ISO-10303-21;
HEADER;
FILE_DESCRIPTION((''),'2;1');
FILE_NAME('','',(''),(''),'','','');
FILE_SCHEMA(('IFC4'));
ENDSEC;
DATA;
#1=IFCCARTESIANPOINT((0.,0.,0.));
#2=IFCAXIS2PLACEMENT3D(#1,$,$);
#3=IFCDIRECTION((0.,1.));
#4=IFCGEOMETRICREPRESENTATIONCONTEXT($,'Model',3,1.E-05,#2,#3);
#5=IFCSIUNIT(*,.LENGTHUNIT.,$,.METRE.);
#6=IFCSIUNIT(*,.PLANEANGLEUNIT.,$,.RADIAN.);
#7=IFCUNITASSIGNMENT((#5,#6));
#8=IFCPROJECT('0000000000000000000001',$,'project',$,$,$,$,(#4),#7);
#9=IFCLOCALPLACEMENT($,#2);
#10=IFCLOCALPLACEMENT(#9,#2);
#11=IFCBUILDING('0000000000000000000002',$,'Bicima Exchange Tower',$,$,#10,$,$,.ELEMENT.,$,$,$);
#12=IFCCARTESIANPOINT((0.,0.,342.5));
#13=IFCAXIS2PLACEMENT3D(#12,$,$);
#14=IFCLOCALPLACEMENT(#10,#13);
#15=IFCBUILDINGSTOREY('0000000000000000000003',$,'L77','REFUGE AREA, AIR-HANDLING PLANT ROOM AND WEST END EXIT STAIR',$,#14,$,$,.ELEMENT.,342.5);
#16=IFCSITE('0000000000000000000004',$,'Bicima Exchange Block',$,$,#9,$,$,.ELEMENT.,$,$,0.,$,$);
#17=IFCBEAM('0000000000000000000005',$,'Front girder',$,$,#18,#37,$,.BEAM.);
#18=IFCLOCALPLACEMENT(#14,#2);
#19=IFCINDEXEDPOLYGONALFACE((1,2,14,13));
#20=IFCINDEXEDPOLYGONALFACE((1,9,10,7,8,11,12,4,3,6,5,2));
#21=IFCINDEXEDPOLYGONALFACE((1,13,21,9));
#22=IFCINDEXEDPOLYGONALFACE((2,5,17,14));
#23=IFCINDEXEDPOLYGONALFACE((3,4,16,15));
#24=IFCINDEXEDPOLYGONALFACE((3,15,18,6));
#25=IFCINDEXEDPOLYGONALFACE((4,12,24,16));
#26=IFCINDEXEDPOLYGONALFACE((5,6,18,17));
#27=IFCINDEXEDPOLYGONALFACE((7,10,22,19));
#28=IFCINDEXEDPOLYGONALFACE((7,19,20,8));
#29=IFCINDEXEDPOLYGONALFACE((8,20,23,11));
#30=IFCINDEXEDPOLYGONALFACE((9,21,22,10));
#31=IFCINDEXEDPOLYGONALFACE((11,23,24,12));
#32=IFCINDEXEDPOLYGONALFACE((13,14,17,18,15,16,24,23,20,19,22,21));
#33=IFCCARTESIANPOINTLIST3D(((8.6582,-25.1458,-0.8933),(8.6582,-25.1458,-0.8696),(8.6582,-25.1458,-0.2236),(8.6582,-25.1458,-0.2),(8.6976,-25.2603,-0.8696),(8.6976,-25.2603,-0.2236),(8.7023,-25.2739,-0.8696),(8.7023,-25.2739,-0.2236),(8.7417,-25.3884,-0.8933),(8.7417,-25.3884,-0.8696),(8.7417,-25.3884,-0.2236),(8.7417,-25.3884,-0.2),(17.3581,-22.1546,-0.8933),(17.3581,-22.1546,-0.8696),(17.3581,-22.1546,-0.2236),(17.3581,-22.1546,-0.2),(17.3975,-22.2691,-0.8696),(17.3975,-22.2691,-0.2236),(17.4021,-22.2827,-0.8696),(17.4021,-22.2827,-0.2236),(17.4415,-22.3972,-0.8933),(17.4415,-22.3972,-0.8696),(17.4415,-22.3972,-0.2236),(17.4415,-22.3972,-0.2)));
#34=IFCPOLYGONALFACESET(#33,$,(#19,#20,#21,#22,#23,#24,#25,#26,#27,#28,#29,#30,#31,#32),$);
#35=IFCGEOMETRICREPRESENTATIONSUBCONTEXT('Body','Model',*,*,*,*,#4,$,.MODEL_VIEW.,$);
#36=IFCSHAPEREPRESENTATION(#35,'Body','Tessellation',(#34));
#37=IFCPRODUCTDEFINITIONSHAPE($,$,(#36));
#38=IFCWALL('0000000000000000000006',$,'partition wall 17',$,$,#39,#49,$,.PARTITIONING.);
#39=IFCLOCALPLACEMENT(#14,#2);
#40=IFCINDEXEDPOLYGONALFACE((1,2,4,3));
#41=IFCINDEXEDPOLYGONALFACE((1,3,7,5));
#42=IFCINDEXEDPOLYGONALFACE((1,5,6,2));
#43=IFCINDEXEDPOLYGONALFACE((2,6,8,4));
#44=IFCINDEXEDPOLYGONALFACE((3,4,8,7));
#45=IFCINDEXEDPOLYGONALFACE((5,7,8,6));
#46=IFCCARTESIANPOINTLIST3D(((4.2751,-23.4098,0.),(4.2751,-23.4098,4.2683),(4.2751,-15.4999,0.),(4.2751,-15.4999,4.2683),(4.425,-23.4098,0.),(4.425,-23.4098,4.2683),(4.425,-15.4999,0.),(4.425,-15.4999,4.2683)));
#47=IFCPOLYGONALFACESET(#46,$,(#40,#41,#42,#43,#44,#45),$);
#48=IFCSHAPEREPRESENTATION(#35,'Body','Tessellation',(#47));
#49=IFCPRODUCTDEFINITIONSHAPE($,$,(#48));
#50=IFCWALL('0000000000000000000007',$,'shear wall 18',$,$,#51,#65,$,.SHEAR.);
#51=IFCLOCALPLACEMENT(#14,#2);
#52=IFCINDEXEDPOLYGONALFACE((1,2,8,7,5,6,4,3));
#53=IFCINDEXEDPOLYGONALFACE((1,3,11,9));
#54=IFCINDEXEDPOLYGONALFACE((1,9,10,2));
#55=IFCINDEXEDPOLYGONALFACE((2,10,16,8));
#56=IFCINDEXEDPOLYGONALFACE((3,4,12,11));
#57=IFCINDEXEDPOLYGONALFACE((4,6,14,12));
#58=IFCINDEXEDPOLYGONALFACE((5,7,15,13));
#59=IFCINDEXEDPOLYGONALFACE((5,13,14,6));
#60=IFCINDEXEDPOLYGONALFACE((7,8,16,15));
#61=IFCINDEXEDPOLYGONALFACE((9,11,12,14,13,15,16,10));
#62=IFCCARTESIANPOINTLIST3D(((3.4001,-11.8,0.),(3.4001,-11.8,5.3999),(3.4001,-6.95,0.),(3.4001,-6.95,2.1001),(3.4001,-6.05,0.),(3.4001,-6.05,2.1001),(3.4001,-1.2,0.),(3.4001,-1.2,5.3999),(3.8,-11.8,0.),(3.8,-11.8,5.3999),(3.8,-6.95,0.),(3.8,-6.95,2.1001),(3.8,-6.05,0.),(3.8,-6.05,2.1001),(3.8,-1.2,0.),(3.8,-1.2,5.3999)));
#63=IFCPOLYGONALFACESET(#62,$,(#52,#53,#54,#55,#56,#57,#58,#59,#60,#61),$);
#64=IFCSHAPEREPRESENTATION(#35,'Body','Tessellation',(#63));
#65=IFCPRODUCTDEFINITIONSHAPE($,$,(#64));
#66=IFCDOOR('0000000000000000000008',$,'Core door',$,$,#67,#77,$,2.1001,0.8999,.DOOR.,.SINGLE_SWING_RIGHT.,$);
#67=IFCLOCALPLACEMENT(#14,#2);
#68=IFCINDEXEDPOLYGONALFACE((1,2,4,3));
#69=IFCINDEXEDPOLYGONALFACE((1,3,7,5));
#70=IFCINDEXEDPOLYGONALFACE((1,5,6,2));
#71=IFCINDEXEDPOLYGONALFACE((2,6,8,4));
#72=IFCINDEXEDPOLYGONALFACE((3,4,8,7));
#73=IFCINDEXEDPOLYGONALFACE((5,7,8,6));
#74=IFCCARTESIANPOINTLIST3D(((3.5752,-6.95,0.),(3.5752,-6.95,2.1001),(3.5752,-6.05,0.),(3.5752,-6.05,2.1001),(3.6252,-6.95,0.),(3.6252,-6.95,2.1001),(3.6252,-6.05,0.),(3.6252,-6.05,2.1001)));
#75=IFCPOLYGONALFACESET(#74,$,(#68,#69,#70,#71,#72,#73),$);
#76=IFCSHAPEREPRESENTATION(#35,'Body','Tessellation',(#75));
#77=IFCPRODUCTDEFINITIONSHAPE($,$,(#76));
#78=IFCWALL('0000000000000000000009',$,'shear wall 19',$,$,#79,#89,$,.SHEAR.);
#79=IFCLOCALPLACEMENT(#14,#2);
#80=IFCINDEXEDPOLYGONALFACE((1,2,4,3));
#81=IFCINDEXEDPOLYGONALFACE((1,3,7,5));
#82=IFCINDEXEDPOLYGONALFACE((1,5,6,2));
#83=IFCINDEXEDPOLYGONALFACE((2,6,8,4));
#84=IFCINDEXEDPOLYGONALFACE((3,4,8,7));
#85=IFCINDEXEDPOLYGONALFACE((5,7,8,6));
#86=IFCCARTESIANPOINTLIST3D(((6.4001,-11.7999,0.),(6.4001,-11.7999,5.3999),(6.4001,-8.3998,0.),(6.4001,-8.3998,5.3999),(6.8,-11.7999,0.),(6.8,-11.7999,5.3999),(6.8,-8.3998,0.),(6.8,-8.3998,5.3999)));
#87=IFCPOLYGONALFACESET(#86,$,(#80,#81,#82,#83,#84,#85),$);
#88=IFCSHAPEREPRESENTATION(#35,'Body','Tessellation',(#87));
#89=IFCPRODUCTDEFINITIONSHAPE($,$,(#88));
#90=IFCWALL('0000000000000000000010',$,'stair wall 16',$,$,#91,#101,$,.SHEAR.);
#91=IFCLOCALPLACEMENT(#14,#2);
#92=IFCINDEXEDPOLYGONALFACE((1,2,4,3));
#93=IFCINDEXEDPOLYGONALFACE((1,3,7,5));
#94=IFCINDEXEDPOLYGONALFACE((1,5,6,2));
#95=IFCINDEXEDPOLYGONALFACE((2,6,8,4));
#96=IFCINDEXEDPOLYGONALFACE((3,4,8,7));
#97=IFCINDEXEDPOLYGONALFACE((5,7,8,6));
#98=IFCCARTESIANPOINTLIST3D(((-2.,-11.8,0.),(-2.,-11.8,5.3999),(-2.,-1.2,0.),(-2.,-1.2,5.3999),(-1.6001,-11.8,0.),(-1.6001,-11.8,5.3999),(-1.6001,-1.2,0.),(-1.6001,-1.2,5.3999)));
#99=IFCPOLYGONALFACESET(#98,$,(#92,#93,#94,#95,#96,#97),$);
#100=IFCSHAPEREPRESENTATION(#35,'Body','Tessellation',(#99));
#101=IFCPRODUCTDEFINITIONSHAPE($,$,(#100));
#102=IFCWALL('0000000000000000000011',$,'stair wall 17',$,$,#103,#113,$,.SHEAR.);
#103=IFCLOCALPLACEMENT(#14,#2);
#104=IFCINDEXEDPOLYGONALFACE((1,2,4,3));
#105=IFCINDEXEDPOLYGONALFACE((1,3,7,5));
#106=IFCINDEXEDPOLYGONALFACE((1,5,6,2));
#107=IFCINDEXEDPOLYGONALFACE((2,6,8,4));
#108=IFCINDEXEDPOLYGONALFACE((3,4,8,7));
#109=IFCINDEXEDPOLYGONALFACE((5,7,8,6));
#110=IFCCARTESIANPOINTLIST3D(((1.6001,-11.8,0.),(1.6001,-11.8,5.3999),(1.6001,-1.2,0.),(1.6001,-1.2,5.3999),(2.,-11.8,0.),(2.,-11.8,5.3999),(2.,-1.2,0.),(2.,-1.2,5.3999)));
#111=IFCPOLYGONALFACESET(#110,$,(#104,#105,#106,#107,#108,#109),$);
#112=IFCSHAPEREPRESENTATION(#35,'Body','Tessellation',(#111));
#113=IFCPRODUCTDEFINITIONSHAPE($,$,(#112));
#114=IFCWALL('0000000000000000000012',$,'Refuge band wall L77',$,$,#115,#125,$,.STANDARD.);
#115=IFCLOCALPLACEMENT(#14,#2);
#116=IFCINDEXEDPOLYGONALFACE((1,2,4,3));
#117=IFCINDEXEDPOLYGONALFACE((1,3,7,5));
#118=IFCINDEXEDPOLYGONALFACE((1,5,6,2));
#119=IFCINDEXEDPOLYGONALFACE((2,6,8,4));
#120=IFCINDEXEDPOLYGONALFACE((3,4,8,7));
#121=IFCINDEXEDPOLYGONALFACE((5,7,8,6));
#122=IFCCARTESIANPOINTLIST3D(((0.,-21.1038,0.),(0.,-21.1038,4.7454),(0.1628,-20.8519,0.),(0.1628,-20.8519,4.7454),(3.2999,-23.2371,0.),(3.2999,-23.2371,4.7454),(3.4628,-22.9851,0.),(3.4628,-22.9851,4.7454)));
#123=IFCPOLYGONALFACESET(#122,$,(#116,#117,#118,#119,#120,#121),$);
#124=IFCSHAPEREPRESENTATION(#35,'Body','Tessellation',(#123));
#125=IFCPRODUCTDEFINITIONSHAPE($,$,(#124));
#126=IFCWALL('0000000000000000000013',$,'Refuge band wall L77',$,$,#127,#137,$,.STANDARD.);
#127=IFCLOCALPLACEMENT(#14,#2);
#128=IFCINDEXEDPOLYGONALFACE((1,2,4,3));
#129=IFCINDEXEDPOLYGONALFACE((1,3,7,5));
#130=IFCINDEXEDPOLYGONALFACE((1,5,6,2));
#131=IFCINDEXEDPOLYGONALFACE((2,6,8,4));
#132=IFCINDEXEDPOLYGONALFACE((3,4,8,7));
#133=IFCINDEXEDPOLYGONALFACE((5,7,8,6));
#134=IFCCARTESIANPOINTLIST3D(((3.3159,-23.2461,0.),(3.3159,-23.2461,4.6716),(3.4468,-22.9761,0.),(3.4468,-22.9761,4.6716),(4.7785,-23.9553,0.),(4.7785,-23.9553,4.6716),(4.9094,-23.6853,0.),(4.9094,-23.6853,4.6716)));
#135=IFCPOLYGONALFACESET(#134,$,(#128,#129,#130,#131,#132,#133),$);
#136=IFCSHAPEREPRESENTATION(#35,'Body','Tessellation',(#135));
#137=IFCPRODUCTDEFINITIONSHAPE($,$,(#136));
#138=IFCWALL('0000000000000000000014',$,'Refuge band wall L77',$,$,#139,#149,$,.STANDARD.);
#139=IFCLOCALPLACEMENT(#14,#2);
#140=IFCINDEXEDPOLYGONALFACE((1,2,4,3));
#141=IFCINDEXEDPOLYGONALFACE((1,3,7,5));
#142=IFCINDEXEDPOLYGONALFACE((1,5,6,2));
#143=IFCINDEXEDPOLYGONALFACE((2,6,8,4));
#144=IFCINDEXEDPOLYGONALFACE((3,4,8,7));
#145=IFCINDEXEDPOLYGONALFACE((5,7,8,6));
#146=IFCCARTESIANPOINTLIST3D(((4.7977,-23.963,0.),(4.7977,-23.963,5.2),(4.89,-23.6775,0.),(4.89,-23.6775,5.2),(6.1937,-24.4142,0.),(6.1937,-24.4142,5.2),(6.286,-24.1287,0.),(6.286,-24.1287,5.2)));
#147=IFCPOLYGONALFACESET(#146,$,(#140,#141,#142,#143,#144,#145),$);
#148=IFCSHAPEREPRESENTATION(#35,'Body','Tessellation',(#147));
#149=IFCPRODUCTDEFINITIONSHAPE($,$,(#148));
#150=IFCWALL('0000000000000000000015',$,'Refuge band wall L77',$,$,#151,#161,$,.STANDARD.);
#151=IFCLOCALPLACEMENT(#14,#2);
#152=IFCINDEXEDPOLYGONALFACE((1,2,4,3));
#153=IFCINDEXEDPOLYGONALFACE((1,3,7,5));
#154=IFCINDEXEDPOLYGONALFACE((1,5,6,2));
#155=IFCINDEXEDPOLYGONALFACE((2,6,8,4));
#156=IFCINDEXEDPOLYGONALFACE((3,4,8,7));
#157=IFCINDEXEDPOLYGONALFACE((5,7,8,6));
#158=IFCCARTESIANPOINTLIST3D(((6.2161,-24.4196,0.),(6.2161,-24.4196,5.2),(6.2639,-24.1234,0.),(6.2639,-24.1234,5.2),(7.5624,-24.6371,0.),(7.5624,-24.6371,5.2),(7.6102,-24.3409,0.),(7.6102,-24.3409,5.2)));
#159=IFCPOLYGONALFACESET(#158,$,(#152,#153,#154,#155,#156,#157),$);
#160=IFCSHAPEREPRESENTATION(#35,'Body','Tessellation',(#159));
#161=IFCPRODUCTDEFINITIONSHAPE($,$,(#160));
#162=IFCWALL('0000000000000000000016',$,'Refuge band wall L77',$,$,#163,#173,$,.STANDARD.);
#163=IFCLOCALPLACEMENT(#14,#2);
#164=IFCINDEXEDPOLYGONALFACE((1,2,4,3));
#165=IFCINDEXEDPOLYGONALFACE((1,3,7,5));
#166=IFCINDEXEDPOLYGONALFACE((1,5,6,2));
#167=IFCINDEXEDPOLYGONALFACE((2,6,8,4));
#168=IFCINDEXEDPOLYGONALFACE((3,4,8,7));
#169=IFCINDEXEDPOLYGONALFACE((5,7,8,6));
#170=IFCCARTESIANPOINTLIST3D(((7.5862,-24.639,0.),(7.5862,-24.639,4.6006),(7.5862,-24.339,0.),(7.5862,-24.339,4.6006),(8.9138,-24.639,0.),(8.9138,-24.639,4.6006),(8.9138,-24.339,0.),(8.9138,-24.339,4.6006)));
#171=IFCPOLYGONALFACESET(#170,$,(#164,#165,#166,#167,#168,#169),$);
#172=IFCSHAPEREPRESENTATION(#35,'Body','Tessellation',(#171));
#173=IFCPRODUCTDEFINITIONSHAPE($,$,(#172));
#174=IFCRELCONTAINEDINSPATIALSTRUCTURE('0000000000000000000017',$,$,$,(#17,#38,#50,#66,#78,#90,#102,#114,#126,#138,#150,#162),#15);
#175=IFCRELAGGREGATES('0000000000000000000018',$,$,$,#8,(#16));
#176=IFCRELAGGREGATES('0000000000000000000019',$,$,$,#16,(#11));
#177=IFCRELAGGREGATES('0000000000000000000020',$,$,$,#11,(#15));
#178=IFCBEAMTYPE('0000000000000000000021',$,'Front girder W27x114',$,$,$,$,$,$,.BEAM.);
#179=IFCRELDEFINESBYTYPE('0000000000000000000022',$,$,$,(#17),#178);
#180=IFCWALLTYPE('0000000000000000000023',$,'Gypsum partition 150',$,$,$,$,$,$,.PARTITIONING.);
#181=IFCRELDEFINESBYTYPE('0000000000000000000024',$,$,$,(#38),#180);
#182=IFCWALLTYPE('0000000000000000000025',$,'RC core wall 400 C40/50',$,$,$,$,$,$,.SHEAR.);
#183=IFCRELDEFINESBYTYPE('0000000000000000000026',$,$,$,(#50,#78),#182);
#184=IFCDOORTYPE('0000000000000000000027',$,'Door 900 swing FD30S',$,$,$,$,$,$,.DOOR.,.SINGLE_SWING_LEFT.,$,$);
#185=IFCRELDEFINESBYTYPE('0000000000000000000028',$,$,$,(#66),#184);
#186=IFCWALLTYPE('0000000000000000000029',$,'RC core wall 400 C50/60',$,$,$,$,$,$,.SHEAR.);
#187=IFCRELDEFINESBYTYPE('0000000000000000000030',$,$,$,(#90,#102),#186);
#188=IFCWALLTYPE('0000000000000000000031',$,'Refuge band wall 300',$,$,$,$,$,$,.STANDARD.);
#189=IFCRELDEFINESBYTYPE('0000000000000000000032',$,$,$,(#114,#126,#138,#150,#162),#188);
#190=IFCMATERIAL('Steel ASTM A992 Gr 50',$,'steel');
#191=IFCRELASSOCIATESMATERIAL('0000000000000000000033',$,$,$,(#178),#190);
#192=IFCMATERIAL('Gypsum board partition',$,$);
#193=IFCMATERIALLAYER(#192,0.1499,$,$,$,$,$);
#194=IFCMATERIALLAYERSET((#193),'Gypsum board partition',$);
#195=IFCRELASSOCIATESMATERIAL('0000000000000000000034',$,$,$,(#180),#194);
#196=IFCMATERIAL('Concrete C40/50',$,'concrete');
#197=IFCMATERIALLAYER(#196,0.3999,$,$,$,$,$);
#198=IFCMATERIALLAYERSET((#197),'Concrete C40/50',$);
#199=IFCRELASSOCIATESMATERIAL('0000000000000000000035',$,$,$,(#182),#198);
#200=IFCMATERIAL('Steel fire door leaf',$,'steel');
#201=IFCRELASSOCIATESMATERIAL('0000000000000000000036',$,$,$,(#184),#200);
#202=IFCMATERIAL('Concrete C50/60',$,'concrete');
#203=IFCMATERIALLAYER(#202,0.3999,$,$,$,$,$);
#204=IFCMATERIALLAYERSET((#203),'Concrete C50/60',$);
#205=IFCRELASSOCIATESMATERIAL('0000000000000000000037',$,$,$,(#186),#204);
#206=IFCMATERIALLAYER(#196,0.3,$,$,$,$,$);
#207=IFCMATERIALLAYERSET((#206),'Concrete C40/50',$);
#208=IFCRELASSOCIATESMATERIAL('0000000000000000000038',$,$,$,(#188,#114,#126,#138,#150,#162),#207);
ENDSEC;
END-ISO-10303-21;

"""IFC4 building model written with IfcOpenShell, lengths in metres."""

from ifc_helpers import new_model, si_unit, direction, frame, frame_2d, origin, origin_2d, place, context, subcontext, project, spatial, rectangle, i_section, extrude, material, layer, layer_set, layer_usage, material_profile, profile_set, type_object, element, fill, save


model = new_model("IFC4")

# Units and contexts
model_context = context("Model", 3, precision=1e-05, world=origin(), true_north=direction((0.0, 1.0)))
body_context = subcontext(model_context, "Body", "Model", "MODEL_VIEW")
ifc_project = project(units=[si_unit("LENGTHUNIT", "METRE"), si_unit("PLANEANGLEUNIT", "RADIAN")], contexts=[model_context])

# Site, building, storey
site_placement = place(None, origin())
site = spatial("IfcSite", under=ifc_project, at=site_placement, Name="Bicima Exchange Block", CompositionType="ELEMENT", RefElevation=0.0)
building_placement = place(site_placement, origin())
building = spatial("IfcBuilding", under=site, at=building_placement, Name="Bicima Exchange Tower", CompositionType="ELEMENT")
storey_placement = place(building_placement, frame((0.0, 0.0, 342.5)))
storey = spatial("IfcBuildingStorey", under=building, at=storey_placement, Name="L77", Description="REFUGE AREA, AIR-HANDLING PLANT ROOM AND WEST END EXIT STAIR", CompositionType="ELEMENT", Elevation=342.5)

# Shared definitions
ifc_material_1 = material(Name="Steel ASTM A992 Gr 50", Category="steel")

# Beam
ifc_material_profile_1 = material_profile(ifc_material_1, i_section(OverallWidth=0.2566, OverallDepth=0.6934, WebThickness=0.0144, FlangeThickness=0.0237, at=origin_2d()))
ifc_profile_set_1 = profile_set([ifc_material_profile_1], Name="Steel ASTM A992 Gr 50")
beam_type_1 = type_object("IfcBeamType", Name="Front girder W27x114", PredefinedType="BEAM", material=ifc_profile_set_1)
for number, where, z_axis, x_axis, name in (
    (1, (8.7, -25.2671, -0.5466), (0.945666, 0.325138, 0.0), (-0.325138, 0.945666, 0.0), "Front girder"),
):
    element("IfcBeam", number, at=place(storey_placement, frame(where, z_axis=z_axis, x_axis=x_axis)), inside=storey, type_object=beam_type_1, Name=name, PredefinedType="BEAM", context=body_context, shape_type="SweptSolid", body=[
        extrude(i_section(OverallWidth=0.2566, OverallDepth=0.6934, WebThickness=0.0144, FlangeThickness=0.0237, at=origin_2d()), origin(), (0.0, 0.0, 1.0), 9.1997),
    ])

# Wall
ifc_material_2 = material(Name="Gypsum board partition")
ifc_layer_1 = layer(ifc_material_2, 0.1499)
ifc_layer_set_1 = layer_set([ifc_layer_1], Name="Gypsum board partition")
wall_type_1 = type_object("IfcWallType", Name="Gypsum partition 150", PredefinedType="PARTITIONING", material=ifc_layer_set_1)
wall_1_placement = place(storey_placement, frame((4.3501, -23.4099, 0.0), z_axis=(0.0, 0.0, 1.0), x_axis=(0.0, 1.0, 0.0)))
element("IfcWall", 2, at=wall_1_placement, inside=storey, type_object=wall_type_1, Name="partition wall 17", PredefinedType="PARTITIONING", context=body_context, shape_type="SweptSolid", body=[
    extrude(rectangle(XDim=7.9099, YDim=0.1499, at=frame_2d((3.9551, 0.0))), origin(), (0.0, 0.0, 1.0), 4.2683),
])

# Wall, opening, door
ifc_material_3 = material(Name="Concrete C40/50", Category="concrete")
ifc_layer_2 = layer(ifc_material_3, 0.3999)
ifc_layer_set_2 = layer_set([ifc_layer_2], Name="Concrete C40/50")
wall_type_2 = type_object("IfcWallType", Name="RC core wall 400 C40/50", PredefinedType="SHEAR", material=ifc_layer_set_2)
wall_2_placement = place(storey_placement, frame((3.6001, -11.8, 0.0), z_axis=(0.0, 0.0, 1.0), x_axis=(0.0, 1.0, 0.0)))
wall_2 = element("IfcWall", 3, at=wall_2_placement, inside=storey, type_object=wall_type_2, Name="shear wall 18", PredefinedType="SHEAR", context=body_context, shape_type="SweptSolid", body=[
    extrude(rectangle(XDim=10.6001, YDim=0.3999, at=frame_2d((5.3, 0.0))), origin(), (0.0, 0.0, 1.0), 5.3999),
])
opening_placement = place(wall_2_placement, frame((4.8501, 0.0, 0.0)))
opening = element("IfcOpeningElement", 4, at=opening_placement, cuts=wall_2, PredefinedType="OPENING", context=body_context, shape_type="SweptSolid", body=[
    extrude(rectangle(XDim=0.8999, YDim=2.1001, at=frame_2d((0.45, 1.05))), frame((0.0, 0.2119, 0.0), z_axis=(0.0, -1.0, 0.0), x_axis=(1.0, 0.0, 0.0)), (0.0, 0.0, 1.0), 0.4238),
])
ifc_material_4 = material(Name="Steel fire door leaf", Category="steel")
door_type = type_object("IfcDoorType", Name="Door 900 swing FD30S", OperationType="SINGLE_SWING_LEFT", PredefinedType="DOOR", material=ifc_material_4)
door_placement = place(opening_placement, origin())
door = element("IfcDoor", 5, at=door_placement, inside=storey, type_object=door_type, Name="Core door", OperationType="SINGLE_SWING_RIGHT", OverallHeight=2.1001, OverallWidth=0.8999, PredefinedType="DOOR", context=body_context, shape_type="SweptSolid", body=[
    extrude(rectangle(XDim=0.8999, YDim=2.1001, at=frame_2d((0.45, 1.05))), frame((0.0, 0.0249, 0.0), z_axis=(0.0, -1.0, 0.0), x_axis=(1.0, 0.0, 0.0)), (0.0, 0.0, 1.0), 0.05),
])
fill(opening, door)

# Walls
wall_3_placement = place(storey_placement, frame((6.6001, -11.8, 0.0), z_axis=(0.0, 0.0, 1.0), x_axis=(0.0, 1.0, 0.0)))
element("IfcWall", 6, at=wall_3_placement, inside=storey, type_object=wall_type_2, Name="shear wall 19", PredefinedType="SHEAR", context=body_context, shape_type="SweptSolid", body=[
    extrude(rectangle(XDim=3.4001, YDim=0.3999, at=frame_2d((1.7002, 0.0))), origin(), (0.0, 0.0, 1.0), 5.3999),
])
ifc_material_5 = material(Name="Concrete C50/60", Category="concrete")
ifc_layer_3 = layer(ifc_material_5, 0.3999)
ifc_layer_set_3 = layer_set([ifc_layer_3], Name="Concrete C50/60")
wall_type_3 = type_object("IfcWallType", Name="RC core wall 400 C50/60", PredefinedType="SHEAR", material=ifc_layer_set_3)
for number, where, z_axis, x_axis, name in (
    (7, (-1.8, -11.8, 0.0), (0.0, 0.0, 1.0), (0.0, 1.0, 0.0), "stair wall 16"),
    (8, (1.8, -11.8, 0.0), (0.0, 0.0, 1.0), (0.0, 1.0, 0.0), "stair wall 17"),
):
    element("IfcWall", number, at=place(storey_placement, frame(where, z_axis=z_axis, x_axis=x_axis)), inside=storey, type_object=wall_type_3, Name=name, PredefinedType="SHEAR", context=body_context, shape_type="SweptSolid", body=[
        extrude(rectangle(XDim=10.6001, YDim=0.3999, at=frame_2d((5.3, 0.0))), origin(), (0.0, 0.0, 1.0), 5.3999),
    ])
ifc_layer_4 = layer(ifc_material_3, 0.3)
ifc_layer_set_4 = layer_set([ifc_layer_4], Name="Concrete C40/50")
ifc_layer_usage = layer_usage(ifc_layer_set_4, "AXIS2", "POSITIVE", -0.15)
wall_type_4 = type_object("IfcWallType", Name="Refuge band wall 300", PredefinedType="STANDARD", material=ifc_layer_set_4)
wall_4_placement = place(storey_placement, frame((0.0813, -20.9778, 0.0), z_axis=(0.0, 0.0, 1.0), x_axis=(0.839805, -0.542888, 0.0)))
element("IfcWall", 9, at=wall_4_placement, inside=storey, type_object=wall_type_4, material=ifc_layer_usage, Name="Refuge band wall L77", PredefinedType="STANDARD", context=body_context, shape_type="SweptSolid", body=[
    extrude(rectangle(XDim=3.9294, YDim=0.3, at=frame_2d((1.9648, 0.0))), origin(), (0.0, 0.0, 1.0), 4.7454),
])
wall_5_placement = place(storey_placement, frame((3.3813, -23.1111, 0.0), z_axis=(0.0, 0.0, 1.0), x_axis=(0.899798, -0.436307, 0.0)))
element("IfcWall", 10, at=wall_5_placement, inside=storey, type_object=wall_type_4, material=ifc_layer_usage, Name="Refuge band wall L77", PredefinedType="STANDARD", context=body_context, shape_type="SweptSolid", body=[
    extrude(rectangle(XDim=1.6255, YDim=0.3, at=frame_2d((0.8127, 0.0))), origin(), (0.0, 0.0, 1.0), 4.6716),
])
wall_6_placement = place(storey_placement, frame((4.844, -23.8203, 0.0), z_axis=(0.0, 0.0, 1.0), x_axis=(0.951539, -0.307528, 0.0)))
element("IfcWall", 11, at=wall_6_placement, inside=storey, type_object=wall_type_4, material=ifc_layer_usage, Name="Refuge band wall L77", PredefinedType="STANDARD", context=body_context, shape_type="SweptSolid", body=[
    extrude(rectangle(XDim=1.467, YDim=0.3, at=frame_2d((0.7334, 0.0))), origin(), (0.0, 0.0, 1.0), 5.2),
])
wall_7_placement = place(storey_placement, frame((6.24, -24.2715, 0.0), z_axis=(0.0, 0.0, 1.0), x_axis=(0.987195, -0.15952, 0.0)))
element("IfcWall", 12, at=wall_7_placement, inside=storey, type_object=wall_type_4, material=ifc_layer_usage, Name="Refuge band wall L77", PredefinedType="STANDARD", context=body_context, shape_type="SweptSolid", body=[
    extrude(rectangle(XDim=1.3638, YDim=0.3, at=frame_2d((0.6819, 0.0))), origin(), (0.0, 0.0, 1.0), 5.2),
])
wall_8_placement = place(storey_placement, frame((7.5862, -24.489, 0.0), z_axis=(0.0, 0.0, 1.0), x_axis=(1.0, 0.0, 0.0)))
element("IfcWall", 13, at=wall_8_placement, inside=storey, type_object=wall_type_4, material=ifc_layer_usage, Name="Refuge band wall L77", PredefinedType="STANDARD", context=body_context, shape_type="SweptSolid", body=[
    extrude(rectangle(XDim=1.3276, YDim=0.3, at=frame_2d((0.6638, 0.0))), origin(), (0.0, 0.0, 1.0), 4.6006),
])

save(model, "model.ifc")
